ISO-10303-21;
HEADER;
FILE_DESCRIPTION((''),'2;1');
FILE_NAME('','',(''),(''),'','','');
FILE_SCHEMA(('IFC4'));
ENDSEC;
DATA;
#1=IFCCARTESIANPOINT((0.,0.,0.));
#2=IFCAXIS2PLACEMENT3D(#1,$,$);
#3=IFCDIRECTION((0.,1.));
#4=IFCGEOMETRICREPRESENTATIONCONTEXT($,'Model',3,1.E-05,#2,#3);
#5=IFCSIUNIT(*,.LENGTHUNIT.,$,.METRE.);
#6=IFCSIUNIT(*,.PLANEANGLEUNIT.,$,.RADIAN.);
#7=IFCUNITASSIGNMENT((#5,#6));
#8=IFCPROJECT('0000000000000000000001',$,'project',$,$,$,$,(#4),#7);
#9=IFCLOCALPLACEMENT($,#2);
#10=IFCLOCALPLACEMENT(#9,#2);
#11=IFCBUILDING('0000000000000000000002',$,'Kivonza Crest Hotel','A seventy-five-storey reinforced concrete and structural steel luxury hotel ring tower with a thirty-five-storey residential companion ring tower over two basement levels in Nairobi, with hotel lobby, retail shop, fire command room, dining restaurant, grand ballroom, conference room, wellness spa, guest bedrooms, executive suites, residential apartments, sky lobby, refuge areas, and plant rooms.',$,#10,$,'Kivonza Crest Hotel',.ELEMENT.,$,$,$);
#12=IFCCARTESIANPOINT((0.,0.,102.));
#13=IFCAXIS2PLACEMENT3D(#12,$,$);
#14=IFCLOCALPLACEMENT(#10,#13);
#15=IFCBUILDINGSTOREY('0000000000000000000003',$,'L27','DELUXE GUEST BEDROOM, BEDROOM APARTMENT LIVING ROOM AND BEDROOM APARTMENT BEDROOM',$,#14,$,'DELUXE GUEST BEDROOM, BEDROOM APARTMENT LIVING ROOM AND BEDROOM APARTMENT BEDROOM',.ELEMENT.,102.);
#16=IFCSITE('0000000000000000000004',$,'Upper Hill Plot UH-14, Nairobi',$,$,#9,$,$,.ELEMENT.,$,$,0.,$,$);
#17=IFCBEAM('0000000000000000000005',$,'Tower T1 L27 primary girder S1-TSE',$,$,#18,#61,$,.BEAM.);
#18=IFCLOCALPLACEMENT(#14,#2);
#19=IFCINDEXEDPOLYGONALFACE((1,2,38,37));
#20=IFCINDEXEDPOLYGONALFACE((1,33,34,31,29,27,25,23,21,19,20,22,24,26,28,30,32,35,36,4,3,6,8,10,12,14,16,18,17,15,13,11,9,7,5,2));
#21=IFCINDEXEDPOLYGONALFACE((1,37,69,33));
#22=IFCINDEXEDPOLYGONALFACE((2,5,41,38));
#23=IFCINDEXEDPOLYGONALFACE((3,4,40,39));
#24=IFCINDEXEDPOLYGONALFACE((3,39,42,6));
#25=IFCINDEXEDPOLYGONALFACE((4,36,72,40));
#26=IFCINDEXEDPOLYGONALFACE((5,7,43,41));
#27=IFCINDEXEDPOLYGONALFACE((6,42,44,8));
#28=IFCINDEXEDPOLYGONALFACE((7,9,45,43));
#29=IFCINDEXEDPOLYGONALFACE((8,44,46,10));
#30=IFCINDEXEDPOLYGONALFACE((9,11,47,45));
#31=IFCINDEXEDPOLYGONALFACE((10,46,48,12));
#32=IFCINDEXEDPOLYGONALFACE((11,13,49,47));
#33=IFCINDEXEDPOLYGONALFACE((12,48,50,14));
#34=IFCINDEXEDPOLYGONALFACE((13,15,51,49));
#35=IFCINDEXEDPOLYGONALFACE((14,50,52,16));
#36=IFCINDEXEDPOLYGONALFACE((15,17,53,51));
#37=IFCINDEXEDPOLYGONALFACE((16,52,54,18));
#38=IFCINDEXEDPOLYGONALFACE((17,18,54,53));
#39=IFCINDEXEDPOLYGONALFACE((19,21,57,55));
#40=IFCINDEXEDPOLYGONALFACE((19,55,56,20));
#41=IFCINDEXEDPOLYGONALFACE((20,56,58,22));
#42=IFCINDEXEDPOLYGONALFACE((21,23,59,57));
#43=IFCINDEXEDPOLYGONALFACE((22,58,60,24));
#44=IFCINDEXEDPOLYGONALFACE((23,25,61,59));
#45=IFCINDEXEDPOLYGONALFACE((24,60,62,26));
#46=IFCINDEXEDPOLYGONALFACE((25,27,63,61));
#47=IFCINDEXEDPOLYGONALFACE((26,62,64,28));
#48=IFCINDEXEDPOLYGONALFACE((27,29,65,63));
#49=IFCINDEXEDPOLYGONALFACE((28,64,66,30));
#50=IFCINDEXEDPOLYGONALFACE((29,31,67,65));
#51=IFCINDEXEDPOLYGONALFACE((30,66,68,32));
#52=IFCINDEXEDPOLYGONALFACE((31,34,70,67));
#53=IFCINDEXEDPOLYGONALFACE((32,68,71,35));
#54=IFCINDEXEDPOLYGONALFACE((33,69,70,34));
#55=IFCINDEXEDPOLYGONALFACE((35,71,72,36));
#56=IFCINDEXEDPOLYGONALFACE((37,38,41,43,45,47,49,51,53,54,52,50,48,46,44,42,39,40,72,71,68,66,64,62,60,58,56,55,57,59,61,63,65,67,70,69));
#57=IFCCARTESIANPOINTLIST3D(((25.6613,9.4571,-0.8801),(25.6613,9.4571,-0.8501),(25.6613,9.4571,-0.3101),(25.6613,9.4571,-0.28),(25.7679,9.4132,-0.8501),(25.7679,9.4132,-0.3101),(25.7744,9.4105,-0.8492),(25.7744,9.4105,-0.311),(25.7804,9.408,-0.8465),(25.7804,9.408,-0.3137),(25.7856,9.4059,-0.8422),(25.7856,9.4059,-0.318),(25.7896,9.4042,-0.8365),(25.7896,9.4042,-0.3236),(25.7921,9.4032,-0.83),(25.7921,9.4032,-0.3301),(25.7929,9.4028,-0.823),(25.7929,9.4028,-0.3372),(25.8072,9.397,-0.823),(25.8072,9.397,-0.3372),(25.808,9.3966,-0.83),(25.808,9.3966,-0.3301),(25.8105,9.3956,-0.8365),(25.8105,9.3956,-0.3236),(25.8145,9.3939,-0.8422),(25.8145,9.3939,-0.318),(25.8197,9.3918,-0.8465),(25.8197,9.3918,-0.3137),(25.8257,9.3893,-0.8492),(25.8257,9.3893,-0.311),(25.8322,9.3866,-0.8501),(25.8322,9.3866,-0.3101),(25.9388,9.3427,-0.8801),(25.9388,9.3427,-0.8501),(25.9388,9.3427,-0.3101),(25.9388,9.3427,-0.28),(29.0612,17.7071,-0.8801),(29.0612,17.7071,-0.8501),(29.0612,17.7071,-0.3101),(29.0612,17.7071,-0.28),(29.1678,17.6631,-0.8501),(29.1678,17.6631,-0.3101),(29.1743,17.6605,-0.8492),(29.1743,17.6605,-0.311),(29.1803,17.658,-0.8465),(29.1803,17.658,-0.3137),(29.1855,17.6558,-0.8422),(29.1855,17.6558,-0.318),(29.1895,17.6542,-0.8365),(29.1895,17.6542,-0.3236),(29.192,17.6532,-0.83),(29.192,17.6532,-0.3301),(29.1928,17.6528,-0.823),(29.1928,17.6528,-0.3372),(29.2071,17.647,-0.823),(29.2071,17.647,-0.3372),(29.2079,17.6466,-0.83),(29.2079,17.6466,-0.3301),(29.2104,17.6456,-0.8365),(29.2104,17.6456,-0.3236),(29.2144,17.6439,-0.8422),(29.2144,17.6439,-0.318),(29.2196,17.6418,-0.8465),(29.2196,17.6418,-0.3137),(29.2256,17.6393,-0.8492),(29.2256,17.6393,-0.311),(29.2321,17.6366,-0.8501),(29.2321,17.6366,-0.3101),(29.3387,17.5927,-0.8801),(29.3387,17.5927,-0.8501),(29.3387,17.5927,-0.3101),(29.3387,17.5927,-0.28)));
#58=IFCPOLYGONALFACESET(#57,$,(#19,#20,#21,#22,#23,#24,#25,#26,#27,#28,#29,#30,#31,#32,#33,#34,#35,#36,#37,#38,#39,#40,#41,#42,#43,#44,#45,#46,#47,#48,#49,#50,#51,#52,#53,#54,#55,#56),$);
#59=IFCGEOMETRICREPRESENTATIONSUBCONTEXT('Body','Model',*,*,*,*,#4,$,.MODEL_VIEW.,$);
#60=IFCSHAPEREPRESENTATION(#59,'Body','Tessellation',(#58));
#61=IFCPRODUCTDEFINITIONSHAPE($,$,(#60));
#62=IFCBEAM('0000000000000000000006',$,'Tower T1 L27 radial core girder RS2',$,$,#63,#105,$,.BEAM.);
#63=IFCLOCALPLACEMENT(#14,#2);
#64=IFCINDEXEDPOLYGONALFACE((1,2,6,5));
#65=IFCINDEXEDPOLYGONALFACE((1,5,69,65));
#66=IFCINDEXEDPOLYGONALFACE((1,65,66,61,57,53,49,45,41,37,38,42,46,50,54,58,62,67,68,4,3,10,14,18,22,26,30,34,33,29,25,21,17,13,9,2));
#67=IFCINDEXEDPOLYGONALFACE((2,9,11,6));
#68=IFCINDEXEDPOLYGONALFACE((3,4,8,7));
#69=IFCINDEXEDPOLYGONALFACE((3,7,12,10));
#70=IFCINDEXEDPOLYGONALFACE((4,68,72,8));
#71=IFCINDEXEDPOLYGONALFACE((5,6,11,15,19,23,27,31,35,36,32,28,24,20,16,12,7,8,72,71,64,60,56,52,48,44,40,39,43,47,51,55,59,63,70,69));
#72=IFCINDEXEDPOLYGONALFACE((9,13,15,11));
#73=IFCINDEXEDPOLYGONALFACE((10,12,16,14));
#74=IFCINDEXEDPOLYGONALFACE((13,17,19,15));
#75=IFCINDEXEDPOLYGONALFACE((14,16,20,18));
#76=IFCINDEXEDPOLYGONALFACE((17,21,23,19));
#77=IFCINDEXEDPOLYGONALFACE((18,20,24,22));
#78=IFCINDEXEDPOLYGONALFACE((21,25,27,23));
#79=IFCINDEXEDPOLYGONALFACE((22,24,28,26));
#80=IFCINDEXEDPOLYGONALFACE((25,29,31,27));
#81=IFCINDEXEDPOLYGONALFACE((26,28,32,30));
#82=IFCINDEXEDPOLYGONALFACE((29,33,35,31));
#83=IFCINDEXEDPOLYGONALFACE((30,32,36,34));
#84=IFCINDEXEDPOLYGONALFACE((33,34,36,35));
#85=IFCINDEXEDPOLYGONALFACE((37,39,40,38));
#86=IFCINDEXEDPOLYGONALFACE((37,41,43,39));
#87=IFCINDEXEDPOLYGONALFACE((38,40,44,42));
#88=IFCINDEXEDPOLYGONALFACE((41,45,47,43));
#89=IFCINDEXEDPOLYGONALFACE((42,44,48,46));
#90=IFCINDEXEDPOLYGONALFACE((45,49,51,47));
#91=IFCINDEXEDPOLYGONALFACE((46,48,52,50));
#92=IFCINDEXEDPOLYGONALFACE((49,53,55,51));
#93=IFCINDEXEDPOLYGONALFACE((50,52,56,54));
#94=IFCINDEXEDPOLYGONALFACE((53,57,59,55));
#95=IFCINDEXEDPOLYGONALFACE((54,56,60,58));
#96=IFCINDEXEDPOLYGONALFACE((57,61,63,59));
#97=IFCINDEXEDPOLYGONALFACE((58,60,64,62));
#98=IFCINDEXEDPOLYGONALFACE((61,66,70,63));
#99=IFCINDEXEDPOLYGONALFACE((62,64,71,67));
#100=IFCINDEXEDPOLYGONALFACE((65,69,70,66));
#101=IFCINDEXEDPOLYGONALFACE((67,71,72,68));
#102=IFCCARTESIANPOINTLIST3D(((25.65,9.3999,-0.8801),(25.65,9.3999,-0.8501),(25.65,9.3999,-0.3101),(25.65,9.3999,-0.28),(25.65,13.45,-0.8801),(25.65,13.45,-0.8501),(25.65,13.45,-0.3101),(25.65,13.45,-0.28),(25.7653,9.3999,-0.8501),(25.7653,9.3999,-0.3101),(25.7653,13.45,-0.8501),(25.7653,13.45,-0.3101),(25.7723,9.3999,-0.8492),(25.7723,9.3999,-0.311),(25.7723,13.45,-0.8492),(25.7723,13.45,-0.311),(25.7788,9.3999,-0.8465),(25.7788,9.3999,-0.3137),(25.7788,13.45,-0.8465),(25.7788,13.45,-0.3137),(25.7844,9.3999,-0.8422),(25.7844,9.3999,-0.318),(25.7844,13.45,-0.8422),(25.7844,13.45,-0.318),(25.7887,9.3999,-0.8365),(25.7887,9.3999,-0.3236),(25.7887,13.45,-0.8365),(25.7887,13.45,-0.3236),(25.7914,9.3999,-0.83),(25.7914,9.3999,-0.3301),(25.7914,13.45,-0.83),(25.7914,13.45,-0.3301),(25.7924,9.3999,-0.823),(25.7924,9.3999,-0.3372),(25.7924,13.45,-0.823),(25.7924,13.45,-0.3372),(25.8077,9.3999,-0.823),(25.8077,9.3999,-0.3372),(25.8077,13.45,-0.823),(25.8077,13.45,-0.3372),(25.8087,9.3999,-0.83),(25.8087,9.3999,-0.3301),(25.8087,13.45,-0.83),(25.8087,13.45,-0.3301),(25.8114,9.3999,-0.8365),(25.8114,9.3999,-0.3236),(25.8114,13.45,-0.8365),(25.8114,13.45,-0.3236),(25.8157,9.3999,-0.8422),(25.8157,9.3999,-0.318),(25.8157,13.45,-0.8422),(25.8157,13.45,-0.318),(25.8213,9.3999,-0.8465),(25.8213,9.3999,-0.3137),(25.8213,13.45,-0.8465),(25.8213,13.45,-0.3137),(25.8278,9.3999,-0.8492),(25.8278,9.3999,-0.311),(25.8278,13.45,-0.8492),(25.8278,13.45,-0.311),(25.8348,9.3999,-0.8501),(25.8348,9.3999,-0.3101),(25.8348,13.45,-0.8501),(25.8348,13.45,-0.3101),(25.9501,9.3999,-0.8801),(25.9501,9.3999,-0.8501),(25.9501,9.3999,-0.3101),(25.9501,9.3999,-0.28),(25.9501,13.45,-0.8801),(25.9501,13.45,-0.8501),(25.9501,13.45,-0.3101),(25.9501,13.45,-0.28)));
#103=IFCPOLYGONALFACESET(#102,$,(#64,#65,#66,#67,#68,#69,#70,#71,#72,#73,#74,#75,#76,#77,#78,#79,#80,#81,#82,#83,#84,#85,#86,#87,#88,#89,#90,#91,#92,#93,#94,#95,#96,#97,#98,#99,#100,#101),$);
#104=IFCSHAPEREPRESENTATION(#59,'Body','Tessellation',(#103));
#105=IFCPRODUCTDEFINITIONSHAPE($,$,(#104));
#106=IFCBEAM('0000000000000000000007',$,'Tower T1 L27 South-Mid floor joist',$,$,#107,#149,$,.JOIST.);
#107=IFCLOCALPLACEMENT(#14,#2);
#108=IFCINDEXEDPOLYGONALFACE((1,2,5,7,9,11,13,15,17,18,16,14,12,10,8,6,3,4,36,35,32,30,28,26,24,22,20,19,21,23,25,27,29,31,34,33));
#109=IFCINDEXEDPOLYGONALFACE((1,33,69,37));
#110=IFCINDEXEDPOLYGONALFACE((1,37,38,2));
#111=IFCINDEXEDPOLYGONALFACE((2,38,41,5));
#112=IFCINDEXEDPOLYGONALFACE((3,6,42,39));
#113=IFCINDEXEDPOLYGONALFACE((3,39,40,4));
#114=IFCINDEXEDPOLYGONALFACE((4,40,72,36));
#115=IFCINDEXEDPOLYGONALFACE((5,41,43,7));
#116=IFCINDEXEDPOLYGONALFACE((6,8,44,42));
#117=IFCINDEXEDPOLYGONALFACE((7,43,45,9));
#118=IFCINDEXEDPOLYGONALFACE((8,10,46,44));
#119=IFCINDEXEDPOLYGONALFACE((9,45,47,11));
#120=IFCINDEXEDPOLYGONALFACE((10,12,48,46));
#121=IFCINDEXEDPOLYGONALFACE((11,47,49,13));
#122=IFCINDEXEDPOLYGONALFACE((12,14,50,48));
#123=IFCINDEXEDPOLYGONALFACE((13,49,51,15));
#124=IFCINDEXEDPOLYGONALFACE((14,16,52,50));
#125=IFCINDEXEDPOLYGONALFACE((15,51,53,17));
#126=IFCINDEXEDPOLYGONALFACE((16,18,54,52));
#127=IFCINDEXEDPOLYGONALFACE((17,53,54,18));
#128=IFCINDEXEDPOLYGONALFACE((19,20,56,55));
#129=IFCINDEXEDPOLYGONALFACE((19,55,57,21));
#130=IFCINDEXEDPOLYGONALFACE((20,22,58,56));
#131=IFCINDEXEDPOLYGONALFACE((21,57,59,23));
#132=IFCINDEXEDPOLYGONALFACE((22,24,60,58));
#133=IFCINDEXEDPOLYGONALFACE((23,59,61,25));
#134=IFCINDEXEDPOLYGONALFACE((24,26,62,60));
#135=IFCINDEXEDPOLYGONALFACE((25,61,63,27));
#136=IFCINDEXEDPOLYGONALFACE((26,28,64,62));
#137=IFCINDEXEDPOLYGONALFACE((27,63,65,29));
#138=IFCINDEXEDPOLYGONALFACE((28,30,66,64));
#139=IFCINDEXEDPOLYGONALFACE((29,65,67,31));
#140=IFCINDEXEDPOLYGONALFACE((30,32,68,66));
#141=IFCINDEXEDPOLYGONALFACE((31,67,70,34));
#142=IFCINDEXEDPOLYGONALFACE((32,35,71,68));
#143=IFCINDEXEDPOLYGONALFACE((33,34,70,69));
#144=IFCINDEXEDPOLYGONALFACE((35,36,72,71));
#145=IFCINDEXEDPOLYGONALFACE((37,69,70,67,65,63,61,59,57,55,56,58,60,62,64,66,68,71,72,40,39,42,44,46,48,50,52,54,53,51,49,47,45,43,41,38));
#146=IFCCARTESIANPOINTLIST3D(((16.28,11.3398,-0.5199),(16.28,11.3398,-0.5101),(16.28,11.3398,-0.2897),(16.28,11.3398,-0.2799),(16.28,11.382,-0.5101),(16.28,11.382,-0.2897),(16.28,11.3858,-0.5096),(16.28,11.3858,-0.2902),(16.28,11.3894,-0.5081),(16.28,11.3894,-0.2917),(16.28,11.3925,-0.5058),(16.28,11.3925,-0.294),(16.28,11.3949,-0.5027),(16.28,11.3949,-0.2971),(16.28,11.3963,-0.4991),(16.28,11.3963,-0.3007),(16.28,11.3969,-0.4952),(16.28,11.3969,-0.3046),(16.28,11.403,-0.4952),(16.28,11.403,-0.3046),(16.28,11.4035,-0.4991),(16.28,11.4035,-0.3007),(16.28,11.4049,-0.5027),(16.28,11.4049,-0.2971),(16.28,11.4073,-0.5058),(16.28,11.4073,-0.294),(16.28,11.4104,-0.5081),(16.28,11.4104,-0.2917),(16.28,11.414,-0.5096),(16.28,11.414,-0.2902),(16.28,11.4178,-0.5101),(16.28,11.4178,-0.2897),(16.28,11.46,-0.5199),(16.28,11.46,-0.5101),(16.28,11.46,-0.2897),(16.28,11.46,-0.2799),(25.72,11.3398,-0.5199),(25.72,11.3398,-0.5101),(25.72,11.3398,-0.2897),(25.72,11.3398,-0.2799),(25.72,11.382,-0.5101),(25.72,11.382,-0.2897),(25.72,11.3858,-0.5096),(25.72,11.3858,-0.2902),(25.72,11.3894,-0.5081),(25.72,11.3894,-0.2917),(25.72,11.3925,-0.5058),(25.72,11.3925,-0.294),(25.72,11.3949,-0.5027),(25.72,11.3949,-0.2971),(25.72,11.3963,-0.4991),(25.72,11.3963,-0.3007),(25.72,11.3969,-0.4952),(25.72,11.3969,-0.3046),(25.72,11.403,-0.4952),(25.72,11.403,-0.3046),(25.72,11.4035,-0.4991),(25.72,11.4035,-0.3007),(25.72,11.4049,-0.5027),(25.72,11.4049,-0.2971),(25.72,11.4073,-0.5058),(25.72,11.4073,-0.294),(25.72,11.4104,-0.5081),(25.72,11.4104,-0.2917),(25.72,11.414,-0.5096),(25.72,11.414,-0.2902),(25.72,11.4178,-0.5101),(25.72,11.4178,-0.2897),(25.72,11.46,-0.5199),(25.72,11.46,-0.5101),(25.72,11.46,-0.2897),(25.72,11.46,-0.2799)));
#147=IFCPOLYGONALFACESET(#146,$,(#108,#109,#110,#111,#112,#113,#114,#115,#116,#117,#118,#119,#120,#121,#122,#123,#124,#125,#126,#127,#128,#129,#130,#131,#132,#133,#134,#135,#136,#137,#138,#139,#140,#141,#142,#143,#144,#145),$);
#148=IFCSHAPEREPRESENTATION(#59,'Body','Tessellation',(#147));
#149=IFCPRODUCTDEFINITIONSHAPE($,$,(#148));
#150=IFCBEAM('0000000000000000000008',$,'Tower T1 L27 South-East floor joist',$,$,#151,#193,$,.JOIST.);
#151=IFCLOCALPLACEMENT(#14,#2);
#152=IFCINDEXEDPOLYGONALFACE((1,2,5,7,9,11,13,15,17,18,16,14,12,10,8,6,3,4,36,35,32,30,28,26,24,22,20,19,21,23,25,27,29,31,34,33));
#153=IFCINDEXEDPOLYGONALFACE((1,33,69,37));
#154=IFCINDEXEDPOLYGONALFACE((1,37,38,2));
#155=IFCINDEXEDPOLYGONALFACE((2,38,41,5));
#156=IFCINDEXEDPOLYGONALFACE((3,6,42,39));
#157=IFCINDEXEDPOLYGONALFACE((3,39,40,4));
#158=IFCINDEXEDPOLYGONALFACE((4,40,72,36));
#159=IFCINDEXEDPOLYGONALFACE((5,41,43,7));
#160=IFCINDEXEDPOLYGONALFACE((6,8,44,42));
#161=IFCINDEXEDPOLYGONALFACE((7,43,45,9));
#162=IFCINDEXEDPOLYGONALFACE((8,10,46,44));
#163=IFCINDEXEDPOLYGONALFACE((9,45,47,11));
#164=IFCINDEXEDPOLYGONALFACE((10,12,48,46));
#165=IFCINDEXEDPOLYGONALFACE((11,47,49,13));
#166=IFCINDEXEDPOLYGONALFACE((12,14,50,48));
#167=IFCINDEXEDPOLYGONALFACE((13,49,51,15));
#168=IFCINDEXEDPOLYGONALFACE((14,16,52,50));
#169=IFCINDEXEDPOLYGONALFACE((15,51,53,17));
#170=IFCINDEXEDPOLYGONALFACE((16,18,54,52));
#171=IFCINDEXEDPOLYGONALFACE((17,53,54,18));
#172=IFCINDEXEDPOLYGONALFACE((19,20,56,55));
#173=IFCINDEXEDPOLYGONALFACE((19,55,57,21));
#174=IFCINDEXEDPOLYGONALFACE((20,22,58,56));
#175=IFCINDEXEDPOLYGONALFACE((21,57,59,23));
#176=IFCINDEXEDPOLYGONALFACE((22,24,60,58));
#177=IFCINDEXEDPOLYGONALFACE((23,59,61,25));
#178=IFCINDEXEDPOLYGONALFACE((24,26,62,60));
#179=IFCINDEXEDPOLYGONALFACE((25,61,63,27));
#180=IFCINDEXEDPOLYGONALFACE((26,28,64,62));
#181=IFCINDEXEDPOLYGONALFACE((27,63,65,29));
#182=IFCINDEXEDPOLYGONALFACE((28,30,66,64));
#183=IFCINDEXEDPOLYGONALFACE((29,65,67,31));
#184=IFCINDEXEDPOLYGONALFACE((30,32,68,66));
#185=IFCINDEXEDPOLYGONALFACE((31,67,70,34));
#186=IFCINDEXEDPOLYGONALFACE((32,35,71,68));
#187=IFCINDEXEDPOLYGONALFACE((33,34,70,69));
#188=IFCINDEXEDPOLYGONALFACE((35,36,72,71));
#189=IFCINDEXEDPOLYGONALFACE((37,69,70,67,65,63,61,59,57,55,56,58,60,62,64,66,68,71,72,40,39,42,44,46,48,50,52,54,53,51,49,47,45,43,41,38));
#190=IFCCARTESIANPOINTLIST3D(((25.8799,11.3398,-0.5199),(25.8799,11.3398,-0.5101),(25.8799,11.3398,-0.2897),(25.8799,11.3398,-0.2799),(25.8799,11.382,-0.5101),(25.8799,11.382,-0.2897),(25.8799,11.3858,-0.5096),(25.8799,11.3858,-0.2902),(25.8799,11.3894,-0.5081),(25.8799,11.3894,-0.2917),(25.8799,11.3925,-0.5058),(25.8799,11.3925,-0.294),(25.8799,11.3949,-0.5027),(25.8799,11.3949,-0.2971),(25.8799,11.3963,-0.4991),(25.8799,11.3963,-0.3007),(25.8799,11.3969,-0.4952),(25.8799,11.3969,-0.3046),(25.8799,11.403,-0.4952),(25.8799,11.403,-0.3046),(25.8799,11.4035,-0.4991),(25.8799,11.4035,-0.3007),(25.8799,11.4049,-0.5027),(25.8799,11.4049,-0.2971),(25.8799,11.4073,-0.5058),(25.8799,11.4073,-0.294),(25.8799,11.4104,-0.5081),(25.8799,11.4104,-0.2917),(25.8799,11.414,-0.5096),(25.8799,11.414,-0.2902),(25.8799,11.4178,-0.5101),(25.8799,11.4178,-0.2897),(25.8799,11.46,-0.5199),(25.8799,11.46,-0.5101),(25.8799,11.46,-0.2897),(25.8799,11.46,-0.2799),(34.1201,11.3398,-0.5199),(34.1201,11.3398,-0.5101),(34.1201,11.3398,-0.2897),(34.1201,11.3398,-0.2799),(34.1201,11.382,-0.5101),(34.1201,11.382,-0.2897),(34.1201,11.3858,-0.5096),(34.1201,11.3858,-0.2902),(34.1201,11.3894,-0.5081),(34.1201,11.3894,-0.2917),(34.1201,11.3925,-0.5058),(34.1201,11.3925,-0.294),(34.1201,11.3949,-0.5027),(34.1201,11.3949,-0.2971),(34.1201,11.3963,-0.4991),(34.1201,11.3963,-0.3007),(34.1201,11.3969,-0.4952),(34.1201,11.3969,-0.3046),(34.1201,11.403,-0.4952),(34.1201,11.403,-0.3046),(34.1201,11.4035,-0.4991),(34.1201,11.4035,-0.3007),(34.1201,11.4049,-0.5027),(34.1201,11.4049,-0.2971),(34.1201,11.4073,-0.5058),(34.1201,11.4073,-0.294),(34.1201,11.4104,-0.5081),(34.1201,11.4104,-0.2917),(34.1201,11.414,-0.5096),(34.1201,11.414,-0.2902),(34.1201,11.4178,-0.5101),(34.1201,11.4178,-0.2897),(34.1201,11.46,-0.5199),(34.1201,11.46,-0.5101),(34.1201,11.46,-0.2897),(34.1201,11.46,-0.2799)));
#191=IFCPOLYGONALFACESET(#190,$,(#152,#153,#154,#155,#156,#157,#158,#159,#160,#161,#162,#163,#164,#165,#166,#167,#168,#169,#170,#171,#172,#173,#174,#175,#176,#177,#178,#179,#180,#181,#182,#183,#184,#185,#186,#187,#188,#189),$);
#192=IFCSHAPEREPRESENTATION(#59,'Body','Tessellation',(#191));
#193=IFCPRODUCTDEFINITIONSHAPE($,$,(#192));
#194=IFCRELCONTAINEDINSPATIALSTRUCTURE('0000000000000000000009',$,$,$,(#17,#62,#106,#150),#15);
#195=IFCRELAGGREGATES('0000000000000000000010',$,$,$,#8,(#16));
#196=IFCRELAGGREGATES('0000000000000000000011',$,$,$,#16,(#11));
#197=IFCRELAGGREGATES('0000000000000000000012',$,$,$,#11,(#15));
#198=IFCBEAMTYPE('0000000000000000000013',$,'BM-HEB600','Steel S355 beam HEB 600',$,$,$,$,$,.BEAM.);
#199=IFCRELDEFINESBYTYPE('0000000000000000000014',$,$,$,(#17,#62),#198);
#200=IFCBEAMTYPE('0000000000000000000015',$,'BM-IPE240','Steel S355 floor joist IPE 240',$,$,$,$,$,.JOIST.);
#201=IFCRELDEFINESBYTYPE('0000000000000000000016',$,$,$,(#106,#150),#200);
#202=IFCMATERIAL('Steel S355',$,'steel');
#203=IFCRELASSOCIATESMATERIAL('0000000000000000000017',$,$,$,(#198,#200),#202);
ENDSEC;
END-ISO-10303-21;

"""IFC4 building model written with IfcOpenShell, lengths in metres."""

from ifc_helpers import new_model, si_unit, direction, frame, origin, origin_2d, place, context, subcontext, project, spatial, i_section, extrude, material, material_profile, profile_set, type_object, element, save


model = new_model("IFC4")

# Units and contexts
model_context = context("Model", 3, precision=1e-05, world=origin(), true_north=direction((0.0, 1.0)))
body_context = subcontext(model_context, "Body", "Model", "MODEL_VIEW")
ifc_project = project(units=[si_unit("LENGTHUNIT", "METRE"), si_unit("PLANEANGLEUNIT", "RADIAN")], contexts=[model_context])

# Site, building, storey
site_placement = place(None, origin())
site = spatial("IfcSite", under=ifc_project, at=site_placement, Name="Upper Hill Plot UH-14, Nairobi", CompositionType="ELEMENT", RefElevation=0.0)
building_placement = place(site_placement, origin())
building = spatial("IfcBuilding", under=site, at=building_placement, Name="Kivonza Crest Hotel", Description="A seventy-five-storey reinforced concrete and structural steel luxury hotel ring tower with a thirty-five-storey residential companion ring tower over two basement levels in Nairobi, with hotel lobby, retail shop, fire command room, dining restaurant, grand ballroom, conference room, wellness spa, guest bedrooms, executive suites, residential apartments, sky lobby, refuge areas, and plant rooms.", LongName="Kivonza Crest Hotel", CompositionType="ELEMENT")
storey_placement = place(building_placement, frame((0.0, 0.0, 102.0)))
storey = spatial("IfcBuildingStorey", under=building, at=storey_placement, Name="L27", Description="DELUXE GUEST BEDROOM, BEDROOM APARTMENT LIVING ROOM AND BEDROOM APARTMENT BEDROOM", LongName="DELUXE GUEST BEDROOM, BEDROOM APARTMENT LIVING ROOM AND BEDROOM APARTMENT BEDROOM", CompositionType="ELEMENT", Elevation=102.0)

# Beams
ifc_material_1 = material(Name="Steel S355", Category="steel")
ifc_material_profile_1 = material_profile(ifc_material_1, i_section(OverallWidth=0.3, OverallDepth=0.6001, WebThickness=0.0154, FlangeThickness=0.03, FilletRadius=0.0271, at=origin_2d()), Name="HEB 600")
ifc_profile_set_1 = profile_set([ifc_material_profile_1], Name="Steel S355")
beam_type_1 = type_object("IfcBeamType", Name="BM-HEB600", Description="Steel S355 beam HEB 600", PredefinedType="BEAM", material=ifc_profile_set_1)
beam_1_placement = place(storey_placement, frame((25.8, 9.3999, -0.5801), z_axis=(0.381022, 0.924566, 0.0), x_axis=(-0.924566, 0.381022, 0.0)))
element("IfcBeam", 1, at=beam_1_placement, inside=storey, type_object=beam_type_1, Name="Tower T1 L27 primary girder S1-TSE", PredefinedType="BEAM", context=body_context, shape_type="SweptSolid", body=[
    extrude(i_section(OverallWidth=0.3, OverallDepth=0.6001, WebThickness=0.0154, FlangeThickness=0.03, FilletRadius=0.0271, at=origin_2d()), origin(), (0.0, 0.0, 1.0), 8.9231),
])
beam_2_placement = place(storey_placement, frame((25.8, 9.3999, -0.5801), z_axis=(0.0, 1.0, 0.0), x_axis=(-1.0, 0.0, 0.0)))
element("IfcBeam", 2, at=beam_2_placement, inside=storey, type_object=beam_type_1, Name="Tower T1 L27 radial core girder RS2", PredefinedType="BEAM", context=body_context, shape_type="SweptSolid", body=[
    extrude(i_section(OverallWidth=0.3, OverallDepth=0.6001, WebThickness=0.0154, FlangeThickness=0.03, FilletRadius=0.0271, at=origin_2d()), origin(), (0.0, 0.0, 1.0), 4.05),
])
ifc_material_profile_2 = material_profile(ifc_material_1, i_section(OverallWidth=0.1201, OverallDepth=0.24, WebThickness=0.0061, FlangeThickness=0.0098, FilletRadius=0.0149, at=origin_2d()), Name="IPE 240")
ifc_profile_set_2 = profile_set([ifc_material_profile_2], Name="Steel S355")
beam_type_2 = type_object("IfcBeamType", Name="BM-IPE240", Description="Steel S355 floor joist IPE 240", PredefinedType="JOIST", material=ifc_profile_set_2)
beam_3_placement = place(storey_placement, frame((16.28, 11.3999, -0.3999), z_axis=(1.0, 0.0, 0.0), x_axis=(0.0, 1.0, 0.0)))
element("IfcBeam", 3, at=beam_3_placement, inside=storey, type_object=beam_type_2, Name="Tower T1 L27 South-Mid floor joist", PredefinedType="JOIST", context=body_context, shape_type="SweptSolid", body=[
    extrude(i_section(OverallWidth=0.1201, OverallDepth=0.24, WebThickness=0.0061, FlangeThickness=0.0098, FilletRadius=0.0149, at=origin_2d()), origin(), (0.0, 0.0, 1.0), 9.4399),
])
beam_4_placement = place(storey_placement, frame((25.8799, 11.3999, -0.3999), z_axis=(1.0, 0.0, 0.0), x_axis=(0.0, 1.0, 0.0)))
element("IfcBeam", 4, at=beam_4_placement, inside=storey, type_object=beam_type_2, Name="Tower T1 L27 South-East floor joist", PredefinedType="JOIST", context=body_context, shape_type="SweptSolid", body=[
    extrude(i_section(OverallWidth=0.1201, OverallDepth=0.24, WebThickness=0.0061, FlangeThickness=0.0098, FilletRadius=0.0149, at=origin_2d()), origin(), (0.0, 0.0, 1.0), 8.2402),
])

save(model, "model.ifc")
